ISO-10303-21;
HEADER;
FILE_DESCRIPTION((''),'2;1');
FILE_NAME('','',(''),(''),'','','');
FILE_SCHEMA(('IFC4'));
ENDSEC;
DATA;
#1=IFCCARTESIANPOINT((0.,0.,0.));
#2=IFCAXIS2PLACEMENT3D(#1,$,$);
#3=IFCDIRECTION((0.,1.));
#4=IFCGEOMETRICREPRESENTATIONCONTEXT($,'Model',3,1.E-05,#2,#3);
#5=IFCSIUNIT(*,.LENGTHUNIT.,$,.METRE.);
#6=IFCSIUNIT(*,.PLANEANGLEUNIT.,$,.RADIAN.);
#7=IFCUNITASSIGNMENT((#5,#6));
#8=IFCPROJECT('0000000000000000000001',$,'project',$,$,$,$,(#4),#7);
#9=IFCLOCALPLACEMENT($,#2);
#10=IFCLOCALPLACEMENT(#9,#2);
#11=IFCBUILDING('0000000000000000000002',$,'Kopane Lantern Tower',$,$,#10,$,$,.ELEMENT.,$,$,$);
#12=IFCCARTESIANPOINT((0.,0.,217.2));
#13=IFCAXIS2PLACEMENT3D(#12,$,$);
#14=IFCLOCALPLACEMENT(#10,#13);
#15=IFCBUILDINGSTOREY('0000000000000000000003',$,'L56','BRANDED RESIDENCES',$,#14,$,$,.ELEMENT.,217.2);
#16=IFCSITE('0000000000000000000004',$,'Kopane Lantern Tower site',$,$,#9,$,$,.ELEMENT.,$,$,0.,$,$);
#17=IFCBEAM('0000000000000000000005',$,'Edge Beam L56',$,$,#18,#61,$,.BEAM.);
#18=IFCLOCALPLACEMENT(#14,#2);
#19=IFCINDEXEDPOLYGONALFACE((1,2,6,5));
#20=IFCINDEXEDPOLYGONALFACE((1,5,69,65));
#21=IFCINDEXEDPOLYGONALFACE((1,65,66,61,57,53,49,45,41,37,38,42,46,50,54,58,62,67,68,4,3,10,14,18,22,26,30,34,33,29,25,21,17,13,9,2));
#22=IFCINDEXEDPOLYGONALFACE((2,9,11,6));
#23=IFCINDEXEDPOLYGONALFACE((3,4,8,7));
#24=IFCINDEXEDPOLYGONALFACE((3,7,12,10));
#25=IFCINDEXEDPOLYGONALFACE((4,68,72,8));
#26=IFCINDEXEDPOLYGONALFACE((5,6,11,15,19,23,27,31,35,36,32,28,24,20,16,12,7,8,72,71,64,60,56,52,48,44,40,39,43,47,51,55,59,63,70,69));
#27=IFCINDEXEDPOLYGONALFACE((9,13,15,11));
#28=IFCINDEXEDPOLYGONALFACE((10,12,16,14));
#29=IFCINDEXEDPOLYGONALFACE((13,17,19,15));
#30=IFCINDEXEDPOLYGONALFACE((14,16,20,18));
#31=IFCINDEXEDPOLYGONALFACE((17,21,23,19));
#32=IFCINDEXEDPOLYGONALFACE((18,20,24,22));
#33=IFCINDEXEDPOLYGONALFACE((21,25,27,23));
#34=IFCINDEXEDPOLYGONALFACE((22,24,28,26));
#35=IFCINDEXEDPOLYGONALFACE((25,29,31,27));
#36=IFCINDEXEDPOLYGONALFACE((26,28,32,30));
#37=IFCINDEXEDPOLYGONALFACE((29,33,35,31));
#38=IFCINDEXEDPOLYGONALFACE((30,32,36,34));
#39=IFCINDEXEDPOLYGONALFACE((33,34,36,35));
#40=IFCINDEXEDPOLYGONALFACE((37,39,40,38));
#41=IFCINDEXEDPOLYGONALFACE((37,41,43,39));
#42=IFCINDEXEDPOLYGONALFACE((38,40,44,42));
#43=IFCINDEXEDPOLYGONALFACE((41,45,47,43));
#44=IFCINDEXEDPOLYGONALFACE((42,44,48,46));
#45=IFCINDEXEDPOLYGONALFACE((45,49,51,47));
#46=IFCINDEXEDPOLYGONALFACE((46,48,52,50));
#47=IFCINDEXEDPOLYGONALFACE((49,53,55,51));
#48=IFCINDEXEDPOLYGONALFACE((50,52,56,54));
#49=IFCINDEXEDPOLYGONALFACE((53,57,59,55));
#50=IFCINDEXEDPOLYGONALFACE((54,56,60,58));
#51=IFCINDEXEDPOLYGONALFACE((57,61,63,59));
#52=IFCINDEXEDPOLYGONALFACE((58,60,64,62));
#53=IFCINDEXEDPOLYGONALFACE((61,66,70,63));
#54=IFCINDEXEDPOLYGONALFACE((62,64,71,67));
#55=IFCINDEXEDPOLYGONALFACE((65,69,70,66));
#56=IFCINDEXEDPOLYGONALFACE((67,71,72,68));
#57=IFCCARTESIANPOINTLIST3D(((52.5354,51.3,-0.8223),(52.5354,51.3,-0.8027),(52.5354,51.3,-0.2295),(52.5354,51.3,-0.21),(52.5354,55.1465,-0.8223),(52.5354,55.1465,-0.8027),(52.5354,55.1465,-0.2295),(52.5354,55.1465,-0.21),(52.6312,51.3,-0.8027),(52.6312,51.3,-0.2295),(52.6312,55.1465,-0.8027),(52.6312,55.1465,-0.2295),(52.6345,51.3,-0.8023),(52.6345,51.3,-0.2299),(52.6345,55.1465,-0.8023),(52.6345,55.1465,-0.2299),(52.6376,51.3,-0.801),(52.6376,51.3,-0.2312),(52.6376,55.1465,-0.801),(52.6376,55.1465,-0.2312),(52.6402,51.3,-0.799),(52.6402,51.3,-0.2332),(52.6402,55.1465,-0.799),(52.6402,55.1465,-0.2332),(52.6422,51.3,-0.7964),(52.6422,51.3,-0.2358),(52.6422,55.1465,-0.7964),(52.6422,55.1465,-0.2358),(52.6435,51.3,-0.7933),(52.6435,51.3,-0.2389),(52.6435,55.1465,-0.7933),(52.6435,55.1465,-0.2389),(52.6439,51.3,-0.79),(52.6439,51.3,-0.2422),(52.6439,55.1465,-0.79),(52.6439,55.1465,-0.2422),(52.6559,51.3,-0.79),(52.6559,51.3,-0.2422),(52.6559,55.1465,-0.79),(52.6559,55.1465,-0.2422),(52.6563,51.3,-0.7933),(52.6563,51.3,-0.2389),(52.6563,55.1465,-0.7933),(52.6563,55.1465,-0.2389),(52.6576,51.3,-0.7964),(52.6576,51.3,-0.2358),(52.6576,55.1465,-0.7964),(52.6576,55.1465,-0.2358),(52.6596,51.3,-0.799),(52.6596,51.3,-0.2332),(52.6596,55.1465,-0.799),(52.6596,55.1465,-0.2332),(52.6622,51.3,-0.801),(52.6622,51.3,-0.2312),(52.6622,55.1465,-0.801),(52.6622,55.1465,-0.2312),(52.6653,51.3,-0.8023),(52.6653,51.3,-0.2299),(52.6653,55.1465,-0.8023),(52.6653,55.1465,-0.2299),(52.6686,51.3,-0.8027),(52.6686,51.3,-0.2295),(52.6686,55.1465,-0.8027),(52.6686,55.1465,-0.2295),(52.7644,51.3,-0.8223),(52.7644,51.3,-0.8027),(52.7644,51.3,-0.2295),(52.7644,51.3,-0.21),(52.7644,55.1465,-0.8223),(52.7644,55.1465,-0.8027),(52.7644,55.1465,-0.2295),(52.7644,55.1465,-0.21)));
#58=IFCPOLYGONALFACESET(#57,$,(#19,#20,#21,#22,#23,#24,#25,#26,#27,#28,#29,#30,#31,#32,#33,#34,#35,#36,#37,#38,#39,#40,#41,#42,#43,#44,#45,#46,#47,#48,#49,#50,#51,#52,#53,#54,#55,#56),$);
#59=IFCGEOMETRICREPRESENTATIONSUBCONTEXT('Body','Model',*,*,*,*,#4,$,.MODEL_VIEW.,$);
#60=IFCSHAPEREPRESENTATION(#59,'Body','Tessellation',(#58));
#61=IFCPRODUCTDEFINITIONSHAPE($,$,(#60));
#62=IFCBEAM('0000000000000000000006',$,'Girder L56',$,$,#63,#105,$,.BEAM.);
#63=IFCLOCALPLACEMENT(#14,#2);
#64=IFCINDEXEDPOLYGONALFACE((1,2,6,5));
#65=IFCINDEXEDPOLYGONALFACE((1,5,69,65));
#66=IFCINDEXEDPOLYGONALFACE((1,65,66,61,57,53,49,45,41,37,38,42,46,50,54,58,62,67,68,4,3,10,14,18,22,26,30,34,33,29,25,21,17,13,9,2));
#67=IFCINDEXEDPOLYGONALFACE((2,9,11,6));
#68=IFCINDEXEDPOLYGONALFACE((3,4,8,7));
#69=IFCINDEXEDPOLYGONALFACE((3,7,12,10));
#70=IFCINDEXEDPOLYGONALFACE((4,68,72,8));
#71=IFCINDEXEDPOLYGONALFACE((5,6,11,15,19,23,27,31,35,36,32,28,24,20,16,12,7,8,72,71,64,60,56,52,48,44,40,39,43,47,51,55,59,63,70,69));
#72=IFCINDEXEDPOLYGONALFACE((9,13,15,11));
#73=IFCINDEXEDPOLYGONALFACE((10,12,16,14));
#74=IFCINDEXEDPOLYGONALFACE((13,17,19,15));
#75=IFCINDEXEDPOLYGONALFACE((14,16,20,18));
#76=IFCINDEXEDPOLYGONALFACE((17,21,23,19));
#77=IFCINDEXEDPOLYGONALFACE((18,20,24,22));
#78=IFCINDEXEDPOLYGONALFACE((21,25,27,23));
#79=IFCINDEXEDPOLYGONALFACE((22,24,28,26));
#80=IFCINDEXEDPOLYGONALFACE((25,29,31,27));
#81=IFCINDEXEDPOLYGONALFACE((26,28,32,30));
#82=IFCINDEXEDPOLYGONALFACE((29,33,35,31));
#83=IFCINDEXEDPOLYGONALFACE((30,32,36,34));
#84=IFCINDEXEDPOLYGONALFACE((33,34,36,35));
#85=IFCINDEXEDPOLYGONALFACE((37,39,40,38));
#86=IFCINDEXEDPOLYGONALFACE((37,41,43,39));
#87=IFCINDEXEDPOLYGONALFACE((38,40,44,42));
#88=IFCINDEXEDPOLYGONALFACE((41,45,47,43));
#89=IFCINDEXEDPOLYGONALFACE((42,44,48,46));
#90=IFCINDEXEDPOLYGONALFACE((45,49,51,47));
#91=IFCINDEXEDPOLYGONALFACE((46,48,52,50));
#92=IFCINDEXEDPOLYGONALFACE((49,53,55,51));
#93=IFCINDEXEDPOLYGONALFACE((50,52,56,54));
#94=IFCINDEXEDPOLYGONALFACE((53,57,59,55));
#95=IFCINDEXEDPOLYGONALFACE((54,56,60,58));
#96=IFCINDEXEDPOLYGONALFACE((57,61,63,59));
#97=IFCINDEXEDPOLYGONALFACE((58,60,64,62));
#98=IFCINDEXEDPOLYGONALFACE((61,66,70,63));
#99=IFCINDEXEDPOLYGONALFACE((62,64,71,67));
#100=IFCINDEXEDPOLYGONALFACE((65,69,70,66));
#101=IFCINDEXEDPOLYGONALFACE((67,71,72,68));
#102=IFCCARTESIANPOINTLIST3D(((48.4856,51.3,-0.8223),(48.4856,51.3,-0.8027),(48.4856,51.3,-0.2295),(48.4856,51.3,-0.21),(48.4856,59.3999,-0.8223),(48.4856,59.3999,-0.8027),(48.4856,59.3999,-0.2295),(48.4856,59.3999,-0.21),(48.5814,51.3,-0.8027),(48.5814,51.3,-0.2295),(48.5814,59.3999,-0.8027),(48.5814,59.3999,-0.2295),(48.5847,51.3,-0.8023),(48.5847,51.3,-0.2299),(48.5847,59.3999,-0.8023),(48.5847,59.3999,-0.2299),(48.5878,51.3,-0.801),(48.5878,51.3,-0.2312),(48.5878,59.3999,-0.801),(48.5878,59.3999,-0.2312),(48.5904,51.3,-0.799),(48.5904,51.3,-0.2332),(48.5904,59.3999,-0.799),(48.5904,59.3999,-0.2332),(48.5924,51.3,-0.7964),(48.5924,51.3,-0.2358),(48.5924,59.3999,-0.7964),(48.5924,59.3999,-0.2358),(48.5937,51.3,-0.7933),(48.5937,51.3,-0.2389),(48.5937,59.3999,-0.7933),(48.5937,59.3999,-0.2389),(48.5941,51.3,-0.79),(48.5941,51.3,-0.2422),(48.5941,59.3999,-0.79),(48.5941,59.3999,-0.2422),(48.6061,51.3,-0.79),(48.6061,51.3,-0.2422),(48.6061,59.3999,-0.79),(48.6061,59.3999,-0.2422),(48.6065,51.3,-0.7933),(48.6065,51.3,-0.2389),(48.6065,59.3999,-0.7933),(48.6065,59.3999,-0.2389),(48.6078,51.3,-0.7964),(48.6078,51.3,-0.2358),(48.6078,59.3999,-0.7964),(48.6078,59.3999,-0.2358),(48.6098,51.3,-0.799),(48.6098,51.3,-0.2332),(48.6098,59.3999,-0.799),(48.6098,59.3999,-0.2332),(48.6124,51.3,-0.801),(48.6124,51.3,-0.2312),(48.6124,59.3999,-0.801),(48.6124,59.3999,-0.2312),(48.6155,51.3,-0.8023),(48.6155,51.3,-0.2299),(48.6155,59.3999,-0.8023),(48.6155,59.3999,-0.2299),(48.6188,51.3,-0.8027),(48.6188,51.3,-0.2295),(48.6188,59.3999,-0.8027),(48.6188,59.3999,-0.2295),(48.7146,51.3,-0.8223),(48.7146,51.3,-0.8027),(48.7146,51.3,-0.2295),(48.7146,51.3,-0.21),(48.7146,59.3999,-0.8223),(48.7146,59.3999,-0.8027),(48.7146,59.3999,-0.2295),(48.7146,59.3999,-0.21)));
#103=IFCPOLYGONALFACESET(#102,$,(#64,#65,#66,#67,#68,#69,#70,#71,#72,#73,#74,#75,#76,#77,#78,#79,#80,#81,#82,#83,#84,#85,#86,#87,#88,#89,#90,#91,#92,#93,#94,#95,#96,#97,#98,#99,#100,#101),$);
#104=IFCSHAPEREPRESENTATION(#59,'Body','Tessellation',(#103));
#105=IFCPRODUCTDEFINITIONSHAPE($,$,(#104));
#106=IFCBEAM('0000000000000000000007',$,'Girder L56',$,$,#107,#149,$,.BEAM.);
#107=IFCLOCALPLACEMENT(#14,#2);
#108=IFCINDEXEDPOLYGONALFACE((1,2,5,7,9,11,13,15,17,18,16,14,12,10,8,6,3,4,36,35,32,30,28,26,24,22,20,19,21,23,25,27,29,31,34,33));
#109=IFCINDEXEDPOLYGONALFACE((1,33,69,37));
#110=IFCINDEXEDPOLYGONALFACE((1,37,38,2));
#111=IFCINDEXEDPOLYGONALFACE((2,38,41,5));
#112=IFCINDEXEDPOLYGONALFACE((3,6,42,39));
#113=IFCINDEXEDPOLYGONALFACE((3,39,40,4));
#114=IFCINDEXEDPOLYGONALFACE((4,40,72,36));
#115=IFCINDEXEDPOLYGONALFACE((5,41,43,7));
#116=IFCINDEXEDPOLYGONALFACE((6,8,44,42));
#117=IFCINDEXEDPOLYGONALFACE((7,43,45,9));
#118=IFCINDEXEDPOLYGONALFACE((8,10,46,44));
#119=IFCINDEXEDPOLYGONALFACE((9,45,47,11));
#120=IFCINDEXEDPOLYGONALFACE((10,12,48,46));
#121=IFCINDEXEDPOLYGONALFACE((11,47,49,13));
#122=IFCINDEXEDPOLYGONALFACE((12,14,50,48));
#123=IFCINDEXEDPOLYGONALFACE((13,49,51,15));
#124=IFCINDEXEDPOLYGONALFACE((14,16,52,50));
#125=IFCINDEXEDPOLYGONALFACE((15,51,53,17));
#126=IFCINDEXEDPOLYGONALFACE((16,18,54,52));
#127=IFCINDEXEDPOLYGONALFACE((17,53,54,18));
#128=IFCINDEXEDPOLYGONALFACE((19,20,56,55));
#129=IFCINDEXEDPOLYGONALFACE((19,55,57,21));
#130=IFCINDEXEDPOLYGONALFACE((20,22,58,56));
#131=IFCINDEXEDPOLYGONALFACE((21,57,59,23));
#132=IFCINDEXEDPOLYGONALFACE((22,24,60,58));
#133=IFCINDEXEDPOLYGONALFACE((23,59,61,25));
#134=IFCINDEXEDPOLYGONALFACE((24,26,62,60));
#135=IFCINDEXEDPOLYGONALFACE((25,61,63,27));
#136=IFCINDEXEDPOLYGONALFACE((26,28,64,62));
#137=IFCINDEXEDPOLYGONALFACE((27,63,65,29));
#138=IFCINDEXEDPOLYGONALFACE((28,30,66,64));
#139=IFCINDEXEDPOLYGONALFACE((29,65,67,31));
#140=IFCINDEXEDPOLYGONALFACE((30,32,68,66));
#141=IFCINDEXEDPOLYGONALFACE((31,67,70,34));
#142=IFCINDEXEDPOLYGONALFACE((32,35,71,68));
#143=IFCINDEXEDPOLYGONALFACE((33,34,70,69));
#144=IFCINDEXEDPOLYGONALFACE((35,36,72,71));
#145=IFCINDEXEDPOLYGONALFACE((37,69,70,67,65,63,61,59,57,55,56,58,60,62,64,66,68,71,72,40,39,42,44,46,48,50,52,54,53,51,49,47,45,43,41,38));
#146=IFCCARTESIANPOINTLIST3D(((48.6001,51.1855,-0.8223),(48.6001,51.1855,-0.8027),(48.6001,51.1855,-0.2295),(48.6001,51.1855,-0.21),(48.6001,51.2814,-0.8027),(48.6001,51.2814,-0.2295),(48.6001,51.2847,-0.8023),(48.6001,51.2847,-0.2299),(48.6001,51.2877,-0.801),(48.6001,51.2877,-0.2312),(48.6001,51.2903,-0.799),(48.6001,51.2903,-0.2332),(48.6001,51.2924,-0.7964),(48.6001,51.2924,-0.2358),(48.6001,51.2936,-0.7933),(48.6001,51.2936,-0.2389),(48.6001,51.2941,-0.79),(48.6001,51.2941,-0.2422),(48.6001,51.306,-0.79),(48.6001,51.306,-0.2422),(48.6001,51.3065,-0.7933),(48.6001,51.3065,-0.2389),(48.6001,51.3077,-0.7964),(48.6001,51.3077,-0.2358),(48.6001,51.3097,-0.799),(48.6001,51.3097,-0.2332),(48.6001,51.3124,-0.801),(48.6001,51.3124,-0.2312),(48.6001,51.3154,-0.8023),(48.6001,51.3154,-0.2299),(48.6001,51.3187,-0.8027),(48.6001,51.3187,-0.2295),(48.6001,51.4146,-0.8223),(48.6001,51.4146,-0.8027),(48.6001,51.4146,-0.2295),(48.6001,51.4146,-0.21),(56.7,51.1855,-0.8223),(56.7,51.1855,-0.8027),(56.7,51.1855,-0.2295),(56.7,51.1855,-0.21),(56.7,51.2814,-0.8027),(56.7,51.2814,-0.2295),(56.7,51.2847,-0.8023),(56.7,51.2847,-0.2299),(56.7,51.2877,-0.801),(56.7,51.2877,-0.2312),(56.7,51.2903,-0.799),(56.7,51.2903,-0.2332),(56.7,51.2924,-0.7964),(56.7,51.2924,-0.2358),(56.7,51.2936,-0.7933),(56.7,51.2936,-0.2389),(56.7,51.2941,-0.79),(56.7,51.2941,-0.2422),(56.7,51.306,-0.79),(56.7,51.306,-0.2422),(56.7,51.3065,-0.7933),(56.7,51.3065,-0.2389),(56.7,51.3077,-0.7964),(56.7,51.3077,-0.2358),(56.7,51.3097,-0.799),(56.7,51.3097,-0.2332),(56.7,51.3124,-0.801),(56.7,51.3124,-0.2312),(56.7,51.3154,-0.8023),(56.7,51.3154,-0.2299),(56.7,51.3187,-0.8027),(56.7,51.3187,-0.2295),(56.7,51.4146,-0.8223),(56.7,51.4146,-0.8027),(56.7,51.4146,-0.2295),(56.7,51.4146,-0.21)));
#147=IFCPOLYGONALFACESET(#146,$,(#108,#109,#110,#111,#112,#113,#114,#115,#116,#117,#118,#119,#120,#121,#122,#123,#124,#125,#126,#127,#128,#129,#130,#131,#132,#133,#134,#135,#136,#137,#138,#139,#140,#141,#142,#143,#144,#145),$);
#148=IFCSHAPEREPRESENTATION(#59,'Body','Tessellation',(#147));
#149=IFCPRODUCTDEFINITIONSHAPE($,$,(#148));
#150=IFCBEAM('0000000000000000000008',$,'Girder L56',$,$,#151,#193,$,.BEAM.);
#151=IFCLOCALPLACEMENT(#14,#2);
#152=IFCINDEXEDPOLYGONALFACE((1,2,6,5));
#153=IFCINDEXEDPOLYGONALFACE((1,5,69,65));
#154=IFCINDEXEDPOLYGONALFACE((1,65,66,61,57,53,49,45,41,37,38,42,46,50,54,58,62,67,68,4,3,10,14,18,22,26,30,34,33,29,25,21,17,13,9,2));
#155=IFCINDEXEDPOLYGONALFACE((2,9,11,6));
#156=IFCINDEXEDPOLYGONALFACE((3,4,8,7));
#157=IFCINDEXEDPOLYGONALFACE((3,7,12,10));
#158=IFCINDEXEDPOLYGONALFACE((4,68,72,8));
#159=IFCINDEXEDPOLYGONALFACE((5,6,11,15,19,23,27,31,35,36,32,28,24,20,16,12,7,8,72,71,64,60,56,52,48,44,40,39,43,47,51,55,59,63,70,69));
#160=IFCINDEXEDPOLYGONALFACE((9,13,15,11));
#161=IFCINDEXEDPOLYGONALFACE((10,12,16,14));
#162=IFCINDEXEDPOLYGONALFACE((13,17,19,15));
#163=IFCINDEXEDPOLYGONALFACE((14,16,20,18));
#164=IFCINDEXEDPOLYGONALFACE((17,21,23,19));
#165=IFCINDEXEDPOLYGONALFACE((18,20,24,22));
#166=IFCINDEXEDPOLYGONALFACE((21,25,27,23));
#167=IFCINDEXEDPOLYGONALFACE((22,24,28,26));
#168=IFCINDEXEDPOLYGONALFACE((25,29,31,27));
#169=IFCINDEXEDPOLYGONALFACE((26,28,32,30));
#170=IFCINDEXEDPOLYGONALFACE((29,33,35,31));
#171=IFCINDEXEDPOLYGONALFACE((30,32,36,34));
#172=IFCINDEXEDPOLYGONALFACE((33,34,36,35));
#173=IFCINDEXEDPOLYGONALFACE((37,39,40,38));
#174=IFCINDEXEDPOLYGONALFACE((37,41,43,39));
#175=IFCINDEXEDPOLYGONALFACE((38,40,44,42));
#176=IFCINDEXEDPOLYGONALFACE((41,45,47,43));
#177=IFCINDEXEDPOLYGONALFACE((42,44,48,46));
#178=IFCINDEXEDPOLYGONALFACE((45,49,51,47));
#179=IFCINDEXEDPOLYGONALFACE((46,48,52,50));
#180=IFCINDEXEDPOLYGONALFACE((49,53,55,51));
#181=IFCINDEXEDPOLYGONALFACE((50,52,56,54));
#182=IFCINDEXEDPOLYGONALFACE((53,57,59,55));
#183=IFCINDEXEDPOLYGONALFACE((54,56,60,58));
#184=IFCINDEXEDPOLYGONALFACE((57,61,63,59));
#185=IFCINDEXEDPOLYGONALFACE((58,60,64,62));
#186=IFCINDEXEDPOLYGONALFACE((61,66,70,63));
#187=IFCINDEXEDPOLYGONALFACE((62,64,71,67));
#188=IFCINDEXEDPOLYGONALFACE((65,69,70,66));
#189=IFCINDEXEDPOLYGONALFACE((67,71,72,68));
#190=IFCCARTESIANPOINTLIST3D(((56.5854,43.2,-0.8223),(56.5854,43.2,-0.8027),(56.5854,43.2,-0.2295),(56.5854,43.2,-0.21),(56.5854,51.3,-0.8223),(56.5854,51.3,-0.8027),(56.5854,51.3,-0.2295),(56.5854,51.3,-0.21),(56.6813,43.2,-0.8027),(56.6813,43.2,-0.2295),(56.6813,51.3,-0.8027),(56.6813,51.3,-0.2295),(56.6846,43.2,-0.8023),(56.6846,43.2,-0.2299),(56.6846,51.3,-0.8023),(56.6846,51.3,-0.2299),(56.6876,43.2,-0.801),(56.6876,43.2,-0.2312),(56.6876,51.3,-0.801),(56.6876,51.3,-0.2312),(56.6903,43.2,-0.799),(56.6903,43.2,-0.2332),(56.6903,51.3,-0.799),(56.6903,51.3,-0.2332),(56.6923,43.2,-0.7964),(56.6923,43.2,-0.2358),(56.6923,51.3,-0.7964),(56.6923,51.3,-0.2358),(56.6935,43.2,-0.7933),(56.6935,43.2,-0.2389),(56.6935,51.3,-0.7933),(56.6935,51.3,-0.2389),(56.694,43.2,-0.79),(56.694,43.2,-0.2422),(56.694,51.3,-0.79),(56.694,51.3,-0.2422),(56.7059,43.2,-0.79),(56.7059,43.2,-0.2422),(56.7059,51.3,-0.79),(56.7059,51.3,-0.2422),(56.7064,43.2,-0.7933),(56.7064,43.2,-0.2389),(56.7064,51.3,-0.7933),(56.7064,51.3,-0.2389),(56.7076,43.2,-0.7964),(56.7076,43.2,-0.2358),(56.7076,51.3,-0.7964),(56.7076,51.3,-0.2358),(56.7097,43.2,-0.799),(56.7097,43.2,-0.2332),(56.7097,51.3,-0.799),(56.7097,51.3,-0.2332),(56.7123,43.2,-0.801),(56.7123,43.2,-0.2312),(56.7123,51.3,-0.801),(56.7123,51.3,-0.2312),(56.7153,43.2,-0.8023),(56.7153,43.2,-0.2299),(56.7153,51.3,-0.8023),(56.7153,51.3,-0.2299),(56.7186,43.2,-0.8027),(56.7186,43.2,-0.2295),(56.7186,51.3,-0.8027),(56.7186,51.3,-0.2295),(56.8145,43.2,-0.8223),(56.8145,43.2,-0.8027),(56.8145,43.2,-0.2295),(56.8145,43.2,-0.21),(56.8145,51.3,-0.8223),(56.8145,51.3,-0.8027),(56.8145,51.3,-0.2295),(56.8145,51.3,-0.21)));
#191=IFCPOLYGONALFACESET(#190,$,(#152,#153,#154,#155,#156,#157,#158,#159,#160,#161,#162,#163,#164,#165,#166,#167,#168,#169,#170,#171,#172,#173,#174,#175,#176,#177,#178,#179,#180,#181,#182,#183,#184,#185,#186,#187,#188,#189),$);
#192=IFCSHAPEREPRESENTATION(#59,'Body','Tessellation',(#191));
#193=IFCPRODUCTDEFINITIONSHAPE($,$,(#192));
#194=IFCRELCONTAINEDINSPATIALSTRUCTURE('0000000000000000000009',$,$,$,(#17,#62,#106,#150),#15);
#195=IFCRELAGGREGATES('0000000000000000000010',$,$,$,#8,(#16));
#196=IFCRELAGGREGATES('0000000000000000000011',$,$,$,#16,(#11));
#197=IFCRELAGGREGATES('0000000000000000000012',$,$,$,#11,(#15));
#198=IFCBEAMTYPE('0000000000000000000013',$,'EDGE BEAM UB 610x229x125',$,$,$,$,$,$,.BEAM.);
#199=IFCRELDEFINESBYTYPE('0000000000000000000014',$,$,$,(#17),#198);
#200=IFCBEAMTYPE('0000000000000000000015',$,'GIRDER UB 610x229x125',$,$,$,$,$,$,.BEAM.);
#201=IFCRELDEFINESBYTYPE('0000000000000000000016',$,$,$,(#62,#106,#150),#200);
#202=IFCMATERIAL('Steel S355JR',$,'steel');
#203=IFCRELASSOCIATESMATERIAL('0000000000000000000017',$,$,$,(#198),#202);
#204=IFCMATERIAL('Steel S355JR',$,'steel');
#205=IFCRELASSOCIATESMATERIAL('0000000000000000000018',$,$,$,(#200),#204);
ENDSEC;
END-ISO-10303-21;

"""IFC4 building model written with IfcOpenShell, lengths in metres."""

from ifc_helpers import new_model, si_unit, direction, frame, origin, origin_2d, place, context, subcontext, project, spatial, i_section, extrude, material, material_profile, profile_set, type_object, element, save


model = new_model("IFC4")

# Units and contexts
model_context = context("Model", 3, precision=1e-05, world=origin(), true_north=direction((0.0, 1.0)))
body_context = subcontext(model_context, "Body", "Model", "MODEL_VIEW")
ifc_project = project(units=[si_unit("LENGTHUNIT", "METRE"), si_unit("PLANEANGLEUNIT", "RADIAN")], contexts=[model_context])

# Site, building, storey
site_placement = place(None, origin())
site = spatial("IfcSite", under=ifc_project, at=site_placement, Name="Kopane Lantern Tower site", CompositionType="ELEMENT", RefElevation=0.0)
building_placement = place(site_placement, origin())
building = spatial("IfcBuilding", under=site, at=building_placement, Name="Kopane Lantern Tower", CompositionType="ELEMENT")
storey_placement = place(building_placement, frame((0.0, 0.0, 217.2)))
storey = spatial("IfcBuildingStorey", under=building, at=storey_placement, Name="L56", Description="BRANDED RESIDENCES", CompositionType="ELEMENT", Elevation=217.2)

# Beams
ifc_material_1 = material(Name="Steel S355JR", Category="steel")
ifc_material_profile_1 = material_profile(ifc_material_1, i_section(OverallWidth=0.229, OverallDepth=0.6123, WebThickness=0.012, FlangeThickness=0.0195, FilletRadius=0.0127, at=origin_2d()), Name="UB 610x229x125")
ifc_profile_set_1 = profile_set([ifc_material_profile_1], Name="Steel S355JR")
beam_type_1 = type_object("IfcBeamType", Name="EDGE BEAM UB 610x229x125", PredefinedType="BEAM", material=ifc_profile_set_1)
for number, where, z_axis, x_axis, name in (
    (1, (52.6499, 55.1465, -0.5161), (0.0, -1.0, 0.0), (1.0, 0.0, 0.0), "Edge Beam L56"),
):
    element("IfcBeam", number, at=place(storey_placement, frame(where, z_axis=z_axis, x_axis=x_axis)), inside=storey, type_object=beam_type_1, Name=name, PredefinedType="BEAM", context=body_context, shape_type="SweptSolid", body=[
        extrude(i_section(OverallWidth=0.229, OverallDepth=0.6123, WebThickness=0.012, FlangeThickness=0.0195, FilletRadius=0.0127, at=origin_2d()), origin(), (0.0, 0.0, 1.0), 3.8464),
    ])
ifc_material_2 = material(Name="Steel S355JR", Category="steel")
ifc_material_profile_2 = material_profile(ifc_material_2, i_section(OverallWidth=0.229, OverallDepth=0.6123, WebThickness=0.012, FlangeThickness=0.0195, FilletRadius=0.0127, at=origin_2d()), Name="UB 610x229x125")
ifc_profile_set_2 = profile_set([ifc_material_profile_2], Name="Steel S355JR")
beam_type_2 = type_object("IfcBeamType", Name="GIRDER UB 610x229x125", PredefinedType="BEAM", material=ifc_profile_set_2)
for number, where, z_axis, x_axis, name in (
    (2, (48.6001, 51.3, -0.5161), (0.0, 1.0, 0.0), (-1.0, 0.0, 0.0), "Girder L56"),
    (3, (48.6001, 51.3, -0.5161), (1.0, 0.0, 0.0), (0.0, 1.0, 0.0), "Girder L56"),
):
    element("IfcBeam", number, at=place(storey_placement, frame(where, z_axis=z_axis, x_axis=x_axis)), inside=storey, type_object=beam_type_2, Name=name, PredefinedType="BEAM", context=body_context, shape_type="SweptSolid", body=[
        extrude(i_section(OverallWidth=0.229, OverallDepth=0.6123, WebThickness=0.012, FlangeThickness=0.0195, FilletRadius=0.0127, at=origin_2d()), origin(), (0.0, 0.0, 1.0), 8.0999),
    ])
beam_1_placement = place(storey_placement, frame((56.7, 43.2, -0.5161), z_axis=(0.0, 1.0, 0.0), x_axis=(-1.0, 0.0, 0.0)))
element("IfcBeam", 4, at=beam_1_placement, inside=storey, type_object=beam_type_2, Name="Girder L56", PredefinedType="BEAM", context=body_context, shape_type="SweptSolid", body=[
    extrude(i_section(OverallWidth=0.229, OverallDepth=0.6123, WebThickness=0.012, FlangeThickness=0.0195, FilletRadius=0.0127, at=origin_2d()), origin(), (0.0, 0.0, 1.0), 8.1001),
])

save(model, "model.ifc")
